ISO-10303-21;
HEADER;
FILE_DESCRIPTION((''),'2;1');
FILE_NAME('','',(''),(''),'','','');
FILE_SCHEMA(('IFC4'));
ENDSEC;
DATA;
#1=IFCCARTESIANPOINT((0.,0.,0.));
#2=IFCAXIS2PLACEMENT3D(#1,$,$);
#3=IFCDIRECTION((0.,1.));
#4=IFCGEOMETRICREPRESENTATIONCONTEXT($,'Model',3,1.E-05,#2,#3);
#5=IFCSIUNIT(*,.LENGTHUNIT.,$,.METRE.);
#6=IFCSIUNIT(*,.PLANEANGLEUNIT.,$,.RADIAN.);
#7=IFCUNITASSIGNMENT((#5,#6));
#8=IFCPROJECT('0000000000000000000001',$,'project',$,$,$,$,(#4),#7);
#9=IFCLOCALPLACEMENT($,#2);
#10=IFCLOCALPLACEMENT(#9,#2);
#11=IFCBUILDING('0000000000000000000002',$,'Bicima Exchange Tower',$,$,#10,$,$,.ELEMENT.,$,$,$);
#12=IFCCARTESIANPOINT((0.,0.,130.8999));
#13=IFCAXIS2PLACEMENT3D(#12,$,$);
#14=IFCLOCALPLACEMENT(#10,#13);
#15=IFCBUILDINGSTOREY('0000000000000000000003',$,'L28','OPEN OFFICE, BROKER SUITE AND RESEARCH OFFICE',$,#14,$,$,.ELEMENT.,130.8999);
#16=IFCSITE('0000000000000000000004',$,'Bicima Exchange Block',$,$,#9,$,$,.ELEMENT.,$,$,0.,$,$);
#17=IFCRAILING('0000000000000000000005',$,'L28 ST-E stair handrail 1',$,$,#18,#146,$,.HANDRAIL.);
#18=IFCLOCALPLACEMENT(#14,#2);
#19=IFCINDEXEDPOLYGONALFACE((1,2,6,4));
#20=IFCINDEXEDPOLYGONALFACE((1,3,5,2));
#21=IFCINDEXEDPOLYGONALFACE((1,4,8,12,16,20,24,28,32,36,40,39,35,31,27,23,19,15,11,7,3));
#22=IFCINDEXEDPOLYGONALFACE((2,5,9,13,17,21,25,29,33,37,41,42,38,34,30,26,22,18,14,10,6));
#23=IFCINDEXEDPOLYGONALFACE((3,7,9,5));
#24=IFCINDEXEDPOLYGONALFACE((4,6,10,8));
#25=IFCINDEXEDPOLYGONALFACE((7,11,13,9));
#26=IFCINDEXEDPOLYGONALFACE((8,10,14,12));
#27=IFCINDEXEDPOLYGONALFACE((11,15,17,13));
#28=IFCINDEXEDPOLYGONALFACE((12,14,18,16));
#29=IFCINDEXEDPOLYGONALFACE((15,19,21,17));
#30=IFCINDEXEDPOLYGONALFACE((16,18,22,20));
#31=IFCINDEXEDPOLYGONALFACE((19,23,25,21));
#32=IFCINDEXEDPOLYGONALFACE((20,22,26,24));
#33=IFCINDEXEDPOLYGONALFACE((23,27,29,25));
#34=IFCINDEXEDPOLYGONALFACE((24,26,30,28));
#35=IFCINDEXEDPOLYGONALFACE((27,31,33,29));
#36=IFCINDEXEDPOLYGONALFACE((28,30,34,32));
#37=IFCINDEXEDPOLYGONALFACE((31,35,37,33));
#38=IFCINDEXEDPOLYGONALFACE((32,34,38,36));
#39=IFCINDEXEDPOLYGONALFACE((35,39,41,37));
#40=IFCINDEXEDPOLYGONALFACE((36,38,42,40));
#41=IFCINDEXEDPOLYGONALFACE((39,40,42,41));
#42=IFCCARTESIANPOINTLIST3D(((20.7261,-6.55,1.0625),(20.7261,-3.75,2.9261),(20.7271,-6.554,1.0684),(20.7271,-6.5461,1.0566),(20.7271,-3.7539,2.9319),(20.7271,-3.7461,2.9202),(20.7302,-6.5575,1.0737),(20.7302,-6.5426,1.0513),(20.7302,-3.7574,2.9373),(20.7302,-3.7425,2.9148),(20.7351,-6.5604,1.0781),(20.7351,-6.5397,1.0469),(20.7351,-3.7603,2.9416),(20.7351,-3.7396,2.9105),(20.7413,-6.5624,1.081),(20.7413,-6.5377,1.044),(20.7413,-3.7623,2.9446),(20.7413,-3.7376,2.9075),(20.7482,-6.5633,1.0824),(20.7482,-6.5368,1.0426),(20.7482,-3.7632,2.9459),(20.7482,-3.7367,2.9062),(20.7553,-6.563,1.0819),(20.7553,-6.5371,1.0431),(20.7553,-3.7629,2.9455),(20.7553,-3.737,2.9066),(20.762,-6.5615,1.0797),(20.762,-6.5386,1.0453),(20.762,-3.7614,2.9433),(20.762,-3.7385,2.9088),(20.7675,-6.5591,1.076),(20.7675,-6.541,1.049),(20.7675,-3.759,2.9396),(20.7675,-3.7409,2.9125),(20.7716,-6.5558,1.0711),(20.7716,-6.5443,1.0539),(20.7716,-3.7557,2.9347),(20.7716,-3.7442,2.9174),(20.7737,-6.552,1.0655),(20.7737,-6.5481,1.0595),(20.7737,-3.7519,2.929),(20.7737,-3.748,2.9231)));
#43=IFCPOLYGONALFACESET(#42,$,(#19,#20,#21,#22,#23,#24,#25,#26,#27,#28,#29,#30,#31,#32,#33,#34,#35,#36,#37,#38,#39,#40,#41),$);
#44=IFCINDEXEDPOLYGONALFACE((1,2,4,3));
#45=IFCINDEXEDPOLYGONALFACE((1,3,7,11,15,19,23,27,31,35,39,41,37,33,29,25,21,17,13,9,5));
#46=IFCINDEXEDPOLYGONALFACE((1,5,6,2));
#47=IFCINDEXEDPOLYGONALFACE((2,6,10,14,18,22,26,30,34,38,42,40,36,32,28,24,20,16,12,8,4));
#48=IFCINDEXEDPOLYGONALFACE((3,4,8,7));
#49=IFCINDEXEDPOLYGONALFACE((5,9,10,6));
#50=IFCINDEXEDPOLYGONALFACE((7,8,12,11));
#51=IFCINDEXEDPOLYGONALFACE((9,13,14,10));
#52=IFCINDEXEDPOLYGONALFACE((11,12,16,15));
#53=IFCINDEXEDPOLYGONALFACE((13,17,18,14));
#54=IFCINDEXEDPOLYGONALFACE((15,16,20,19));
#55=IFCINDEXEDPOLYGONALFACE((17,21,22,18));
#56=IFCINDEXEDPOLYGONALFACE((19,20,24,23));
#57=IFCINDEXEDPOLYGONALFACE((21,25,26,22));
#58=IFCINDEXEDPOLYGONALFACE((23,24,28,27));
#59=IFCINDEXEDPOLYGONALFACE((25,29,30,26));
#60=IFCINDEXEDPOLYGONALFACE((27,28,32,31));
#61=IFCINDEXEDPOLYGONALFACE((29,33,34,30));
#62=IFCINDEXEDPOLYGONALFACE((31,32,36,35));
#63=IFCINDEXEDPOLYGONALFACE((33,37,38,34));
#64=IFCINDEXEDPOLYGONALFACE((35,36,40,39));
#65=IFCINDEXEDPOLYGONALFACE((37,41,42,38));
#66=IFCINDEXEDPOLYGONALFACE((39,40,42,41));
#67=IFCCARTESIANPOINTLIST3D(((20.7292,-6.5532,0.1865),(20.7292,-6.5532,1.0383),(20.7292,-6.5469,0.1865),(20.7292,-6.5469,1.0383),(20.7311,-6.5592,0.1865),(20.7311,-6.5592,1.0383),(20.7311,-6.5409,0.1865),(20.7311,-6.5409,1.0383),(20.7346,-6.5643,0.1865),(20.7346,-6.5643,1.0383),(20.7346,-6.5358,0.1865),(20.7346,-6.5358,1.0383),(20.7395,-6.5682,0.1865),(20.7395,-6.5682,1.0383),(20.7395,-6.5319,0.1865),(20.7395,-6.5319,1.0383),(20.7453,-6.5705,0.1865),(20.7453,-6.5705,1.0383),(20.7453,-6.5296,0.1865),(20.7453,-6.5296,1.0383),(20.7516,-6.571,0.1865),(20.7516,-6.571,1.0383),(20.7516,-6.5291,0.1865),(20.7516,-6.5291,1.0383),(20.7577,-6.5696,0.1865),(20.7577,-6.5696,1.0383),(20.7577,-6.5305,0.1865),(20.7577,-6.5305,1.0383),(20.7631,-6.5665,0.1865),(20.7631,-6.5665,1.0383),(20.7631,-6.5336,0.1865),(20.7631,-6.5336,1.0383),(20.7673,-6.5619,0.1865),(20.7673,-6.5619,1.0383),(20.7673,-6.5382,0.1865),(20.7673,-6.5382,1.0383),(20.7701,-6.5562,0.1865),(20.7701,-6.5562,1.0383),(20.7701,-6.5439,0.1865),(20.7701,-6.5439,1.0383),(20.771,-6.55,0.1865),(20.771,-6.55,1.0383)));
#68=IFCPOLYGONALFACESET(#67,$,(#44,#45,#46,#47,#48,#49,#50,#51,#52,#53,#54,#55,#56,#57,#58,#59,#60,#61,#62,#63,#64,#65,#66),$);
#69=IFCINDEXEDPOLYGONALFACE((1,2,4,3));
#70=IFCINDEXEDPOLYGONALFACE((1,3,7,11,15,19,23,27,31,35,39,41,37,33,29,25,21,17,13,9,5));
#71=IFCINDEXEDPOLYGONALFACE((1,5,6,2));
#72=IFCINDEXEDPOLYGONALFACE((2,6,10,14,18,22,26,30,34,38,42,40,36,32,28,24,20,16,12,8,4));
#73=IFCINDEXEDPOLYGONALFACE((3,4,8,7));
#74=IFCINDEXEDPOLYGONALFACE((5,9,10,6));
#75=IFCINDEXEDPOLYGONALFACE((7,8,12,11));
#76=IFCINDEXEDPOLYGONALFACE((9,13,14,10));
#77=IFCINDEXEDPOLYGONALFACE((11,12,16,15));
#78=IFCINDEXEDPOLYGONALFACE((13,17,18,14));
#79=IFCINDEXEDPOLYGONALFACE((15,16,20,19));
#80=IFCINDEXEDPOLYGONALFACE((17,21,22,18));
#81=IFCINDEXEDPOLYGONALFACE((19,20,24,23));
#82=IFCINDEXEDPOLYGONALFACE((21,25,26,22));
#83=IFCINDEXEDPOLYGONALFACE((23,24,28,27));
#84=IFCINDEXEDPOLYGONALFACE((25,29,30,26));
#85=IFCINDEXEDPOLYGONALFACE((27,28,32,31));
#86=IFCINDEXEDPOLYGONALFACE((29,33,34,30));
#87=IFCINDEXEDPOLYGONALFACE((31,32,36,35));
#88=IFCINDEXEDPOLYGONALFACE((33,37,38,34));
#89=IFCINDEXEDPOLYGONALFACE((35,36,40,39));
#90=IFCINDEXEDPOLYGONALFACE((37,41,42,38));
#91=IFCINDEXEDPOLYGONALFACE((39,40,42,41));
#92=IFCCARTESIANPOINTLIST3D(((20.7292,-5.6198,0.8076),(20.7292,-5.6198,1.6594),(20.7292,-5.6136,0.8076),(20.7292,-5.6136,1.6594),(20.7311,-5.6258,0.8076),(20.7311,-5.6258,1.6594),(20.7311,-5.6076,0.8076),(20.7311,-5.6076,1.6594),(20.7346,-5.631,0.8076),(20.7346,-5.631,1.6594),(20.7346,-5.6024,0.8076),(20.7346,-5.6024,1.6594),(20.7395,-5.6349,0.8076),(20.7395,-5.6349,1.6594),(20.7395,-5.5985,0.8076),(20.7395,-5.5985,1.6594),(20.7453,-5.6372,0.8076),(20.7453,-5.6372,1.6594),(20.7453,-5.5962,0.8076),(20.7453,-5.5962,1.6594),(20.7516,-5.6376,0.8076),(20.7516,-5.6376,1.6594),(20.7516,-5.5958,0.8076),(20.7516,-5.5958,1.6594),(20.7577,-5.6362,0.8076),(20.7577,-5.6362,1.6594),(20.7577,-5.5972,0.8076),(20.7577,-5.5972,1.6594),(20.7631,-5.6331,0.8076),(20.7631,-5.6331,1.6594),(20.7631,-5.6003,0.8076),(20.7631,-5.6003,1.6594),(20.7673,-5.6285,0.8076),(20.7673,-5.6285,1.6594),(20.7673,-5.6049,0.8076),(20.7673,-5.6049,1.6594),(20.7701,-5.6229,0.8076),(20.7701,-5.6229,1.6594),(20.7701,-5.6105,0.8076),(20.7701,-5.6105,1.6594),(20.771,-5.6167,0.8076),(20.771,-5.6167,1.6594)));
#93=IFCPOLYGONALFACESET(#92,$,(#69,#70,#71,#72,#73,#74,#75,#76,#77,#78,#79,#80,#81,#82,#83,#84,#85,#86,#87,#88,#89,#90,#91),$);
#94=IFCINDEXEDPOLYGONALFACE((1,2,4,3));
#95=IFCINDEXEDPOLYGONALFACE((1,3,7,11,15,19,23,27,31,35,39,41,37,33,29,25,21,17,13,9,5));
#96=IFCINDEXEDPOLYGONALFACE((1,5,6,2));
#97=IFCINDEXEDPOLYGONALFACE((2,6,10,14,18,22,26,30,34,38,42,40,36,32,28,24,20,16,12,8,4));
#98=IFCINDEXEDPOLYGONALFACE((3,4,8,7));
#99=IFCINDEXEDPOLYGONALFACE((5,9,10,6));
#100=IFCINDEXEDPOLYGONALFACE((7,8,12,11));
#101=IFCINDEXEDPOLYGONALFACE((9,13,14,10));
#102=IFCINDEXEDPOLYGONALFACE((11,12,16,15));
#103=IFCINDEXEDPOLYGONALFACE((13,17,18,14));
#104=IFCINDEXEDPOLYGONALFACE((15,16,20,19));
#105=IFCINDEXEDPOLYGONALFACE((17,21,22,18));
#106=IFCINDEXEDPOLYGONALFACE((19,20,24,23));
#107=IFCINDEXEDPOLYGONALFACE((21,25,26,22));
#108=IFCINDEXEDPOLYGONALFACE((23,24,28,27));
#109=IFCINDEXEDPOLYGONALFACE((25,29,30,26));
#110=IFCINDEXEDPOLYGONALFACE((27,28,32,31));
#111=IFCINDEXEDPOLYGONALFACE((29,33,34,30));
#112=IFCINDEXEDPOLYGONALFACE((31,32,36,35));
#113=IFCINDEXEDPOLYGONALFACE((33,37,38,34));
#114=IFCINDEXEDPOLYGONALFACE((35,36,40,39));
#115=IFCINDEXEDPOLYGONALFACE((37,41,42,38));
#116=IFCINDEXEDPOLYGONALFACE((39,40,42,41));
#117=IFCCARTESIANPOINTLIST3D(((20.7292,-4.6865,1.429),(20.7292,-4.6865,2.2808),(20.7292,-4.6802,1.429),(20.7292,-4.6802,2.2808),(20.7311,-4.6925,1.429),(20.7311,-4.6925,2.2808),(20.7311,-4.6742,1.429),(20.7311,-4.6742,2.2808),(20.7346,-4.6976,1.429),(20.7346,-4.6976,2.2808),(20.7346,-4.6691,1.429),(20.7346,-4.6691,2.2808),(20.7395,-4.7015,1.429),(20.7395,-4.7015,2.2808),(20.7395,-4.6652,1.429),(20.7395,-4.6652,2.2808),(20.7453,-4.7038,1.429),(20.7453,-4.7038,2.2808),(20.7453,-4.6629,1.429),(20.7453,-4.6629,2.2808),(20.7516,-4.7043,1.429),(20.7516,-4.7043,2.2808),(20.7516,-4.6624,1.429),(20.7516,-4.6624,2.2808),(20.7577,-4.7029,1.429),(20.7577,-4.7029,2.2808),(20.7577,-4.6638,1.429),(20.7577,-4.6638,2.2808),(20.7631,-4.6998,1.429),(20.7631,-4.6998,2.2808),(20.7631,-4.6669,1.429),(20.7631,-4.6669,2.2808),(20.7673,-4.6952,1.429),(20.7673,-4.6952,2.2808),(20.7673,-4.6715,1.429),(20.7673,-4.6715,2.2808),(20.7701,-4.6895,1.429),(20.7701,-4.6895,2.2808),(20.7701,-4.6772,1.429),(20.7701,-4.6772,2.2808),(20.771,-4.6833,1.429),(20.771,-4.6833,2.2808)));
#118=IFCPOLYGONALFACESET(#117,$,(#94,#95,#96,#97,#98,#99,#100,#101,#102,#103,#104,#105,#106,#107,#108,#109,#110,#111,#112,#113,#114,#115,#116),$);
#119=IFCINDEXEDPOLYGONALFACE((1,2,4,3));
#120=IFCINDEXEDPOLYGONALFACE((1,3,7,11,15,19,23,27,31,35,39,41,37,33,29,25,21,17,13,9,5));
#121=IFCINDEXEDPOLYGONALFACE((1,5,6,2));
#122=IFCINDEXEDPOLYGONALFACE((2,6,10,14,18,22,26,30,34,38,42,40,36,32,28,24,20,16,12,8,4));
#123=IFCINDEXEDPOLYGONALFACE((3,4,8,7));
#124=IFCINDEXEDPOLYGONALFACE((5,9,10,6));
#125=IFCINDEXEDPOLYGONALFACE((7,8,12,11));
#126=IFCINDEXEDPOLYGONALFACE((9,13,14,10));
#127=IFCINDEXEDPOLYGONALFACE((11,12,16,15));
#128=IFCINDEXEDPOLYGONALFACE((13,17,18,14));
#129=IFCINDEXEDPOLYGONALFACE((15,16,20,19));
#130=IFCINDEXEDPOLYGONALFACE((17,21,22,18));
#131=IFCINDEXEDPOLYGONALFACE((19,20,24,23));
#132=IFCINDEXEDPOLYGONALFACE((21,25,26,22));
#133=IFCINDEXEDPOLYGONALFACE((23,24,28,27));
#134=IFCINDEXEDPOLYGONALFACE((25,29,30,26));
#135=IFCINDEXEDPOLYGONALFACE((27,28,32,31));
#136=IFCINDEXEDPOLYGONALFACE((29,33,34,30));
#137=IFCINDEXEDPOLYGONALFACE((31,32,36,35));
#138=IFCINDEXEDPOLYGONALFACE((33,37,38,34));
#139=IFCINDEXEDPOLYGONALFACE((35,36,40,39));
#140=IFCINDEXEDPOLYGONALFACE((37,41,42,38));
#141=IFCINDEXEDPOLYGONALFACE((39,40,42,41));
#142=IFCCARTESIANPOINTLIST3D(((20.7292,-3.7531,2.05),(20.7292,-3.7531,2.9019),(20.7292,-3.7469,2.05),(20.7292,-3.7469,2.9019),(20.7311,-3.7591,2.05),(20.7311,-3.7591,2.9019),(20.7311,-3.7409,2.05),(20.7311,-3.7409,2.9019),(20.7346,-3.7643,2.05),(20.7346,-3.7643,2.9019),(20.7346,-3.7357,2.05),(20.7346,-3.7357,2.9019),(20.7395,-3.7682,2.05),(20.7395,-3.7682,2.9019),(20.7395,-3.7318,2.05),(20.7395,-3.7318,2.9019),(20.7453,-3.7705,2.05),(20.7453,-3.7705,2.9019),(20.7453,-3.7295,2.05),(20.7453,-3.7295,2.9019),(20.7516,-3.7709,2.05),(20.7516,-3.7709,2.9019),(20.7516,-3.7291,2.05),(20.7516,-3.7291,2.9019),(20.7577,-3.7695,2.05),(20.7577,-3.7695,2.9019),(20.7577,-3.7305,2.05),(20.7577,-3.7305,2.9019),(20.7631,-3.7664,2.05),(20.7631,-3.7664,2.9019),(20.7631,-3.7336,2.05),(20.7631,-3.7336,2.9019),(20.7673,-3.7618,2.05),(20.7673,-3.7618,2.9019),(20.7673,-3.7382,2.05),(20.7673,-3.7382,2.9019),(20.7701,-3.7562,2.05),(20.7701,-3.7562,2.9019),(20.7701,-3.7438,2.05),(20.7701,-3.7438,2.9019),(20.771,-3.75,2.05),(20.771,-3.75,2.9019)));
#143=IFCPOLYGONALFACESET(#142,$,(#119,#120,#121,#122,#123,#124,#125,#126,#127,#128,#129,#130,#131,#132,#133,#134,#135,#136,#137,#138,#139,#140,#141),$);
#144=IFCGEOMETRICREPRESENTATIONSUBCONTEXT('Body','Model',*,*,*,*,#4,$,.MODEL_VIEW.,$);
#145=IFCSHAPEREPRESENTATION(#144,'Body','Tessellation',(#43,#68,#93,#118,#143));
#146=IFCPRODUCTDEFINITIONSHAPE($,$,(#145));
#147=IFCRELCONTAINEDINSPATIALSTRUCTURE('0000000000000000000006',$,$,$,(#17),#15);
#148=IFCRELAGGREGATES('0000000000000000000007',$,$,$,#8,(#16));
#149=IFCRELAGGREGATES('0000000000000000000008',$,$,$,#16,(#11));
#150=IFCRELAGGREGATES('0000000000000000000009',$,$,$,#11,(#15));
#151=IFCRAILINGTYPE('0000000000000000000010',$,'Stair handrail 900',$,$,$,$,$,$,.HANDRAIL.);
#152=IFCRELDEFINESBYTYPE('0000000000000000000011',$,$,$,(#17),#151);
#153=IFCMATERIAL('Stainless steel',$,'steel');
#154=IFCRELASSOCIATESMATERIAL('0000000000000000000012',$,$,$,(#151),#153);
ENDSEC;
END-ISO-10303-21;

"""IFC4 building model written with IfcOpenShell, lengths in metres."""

from ifc_helpers import new_model, si_unit, direction, frame, origin, origin_2d, place, context, subcontext, project, spatial, circle, extrude, material, type_object, element, save


model = new_model("IFC4")

# Units and contexts
model_context = context("Model", 3, precision=1e-05, world=origin(), true_north=direction((0.0, 1.0)))
body_context = subcontext(model_context, "Body", "Model", "MODEL_VIEW")
ifc_project = project(units=[si_unit("LENGTHUNIT", "METRE"), si_unit("PLANEANGLEUNIT", "RADIAN")], contexts=[model_context])

# Site, building, storey
site_placement = place(None, origin())
site = spatial("IfcSite", under=ifc_project, at=site_placement, Name="Bicima Exchange Block", CompositionType="ELEMENT", RefElevation=0.0)
building_placement = place(site_placement, origin())
building = spatial("IfcBuilding", under=site, at=building_placement, Name="Bicima Exchange Tower", CompositionType="ELEMENT")
storey_placement = place(building_placement, frame((0.0, 0.0, 130.8999)))
storey = spatial("IfcBuildingStorey", under=building, at=storey_placement, Name="L28", Description="OPEN OFFICE, BROKER SUITE AND RESEARCH OFFICE", CompositionType="ELEMENT", Elevation=130.8999)

# Railing
ifc_material_1 = material(Name="Stainless steel", Category="steel")
railing_type = type_object("IfcRailingType", Name="Stair handrail 900", PredefinedType="HANDRAIL", material=ifc_material_1)
railing_1_placement = place(storey_placement, frame((20.75, -6.55, 0.1865)))
element("IfcRailing", 1, at=railing_1_placement, inside=storey, type_object=railing_type, Name="L28 ST-E stair handrail 1", PredefinedType="HANDRAIL", context=body_context, shape_type="SweptSolid", body=[
    extrude(circle(Radius=0.0239, at=origin_2d()), frame((0.0, 0.0, 0.876), z_axis=(0.0, 0.832486, 0.554047), x_axis=(-1.0, 0.0, 0.0)), (0.0, 0.0, 1.0), 3.3635),
    extrude(circle(Radius=0.021, at=origin_2d()), origin(), (0.0, 0.0, 1.0), 0.8518),
    extrude(circle(Radius=0.021, at=origin_2d()), frame((0.0, 0.9333, 0.6211)), (0.0, 0.0, 1.0), 0.8518),
    extrude(circle(Radius=0.021, at=origin_2d()), frame((0.0, 1.8667, 1.2424)), (0.0, 0.0, 1.0), 0.8518),
    extrude(circle(Radius=0.021, at=origin_2d()), frame((0.0, 2.8, 1.8635)), (0.0, 0.0, 1.0), 0.8518),
])

save(model, "model.ifc")
